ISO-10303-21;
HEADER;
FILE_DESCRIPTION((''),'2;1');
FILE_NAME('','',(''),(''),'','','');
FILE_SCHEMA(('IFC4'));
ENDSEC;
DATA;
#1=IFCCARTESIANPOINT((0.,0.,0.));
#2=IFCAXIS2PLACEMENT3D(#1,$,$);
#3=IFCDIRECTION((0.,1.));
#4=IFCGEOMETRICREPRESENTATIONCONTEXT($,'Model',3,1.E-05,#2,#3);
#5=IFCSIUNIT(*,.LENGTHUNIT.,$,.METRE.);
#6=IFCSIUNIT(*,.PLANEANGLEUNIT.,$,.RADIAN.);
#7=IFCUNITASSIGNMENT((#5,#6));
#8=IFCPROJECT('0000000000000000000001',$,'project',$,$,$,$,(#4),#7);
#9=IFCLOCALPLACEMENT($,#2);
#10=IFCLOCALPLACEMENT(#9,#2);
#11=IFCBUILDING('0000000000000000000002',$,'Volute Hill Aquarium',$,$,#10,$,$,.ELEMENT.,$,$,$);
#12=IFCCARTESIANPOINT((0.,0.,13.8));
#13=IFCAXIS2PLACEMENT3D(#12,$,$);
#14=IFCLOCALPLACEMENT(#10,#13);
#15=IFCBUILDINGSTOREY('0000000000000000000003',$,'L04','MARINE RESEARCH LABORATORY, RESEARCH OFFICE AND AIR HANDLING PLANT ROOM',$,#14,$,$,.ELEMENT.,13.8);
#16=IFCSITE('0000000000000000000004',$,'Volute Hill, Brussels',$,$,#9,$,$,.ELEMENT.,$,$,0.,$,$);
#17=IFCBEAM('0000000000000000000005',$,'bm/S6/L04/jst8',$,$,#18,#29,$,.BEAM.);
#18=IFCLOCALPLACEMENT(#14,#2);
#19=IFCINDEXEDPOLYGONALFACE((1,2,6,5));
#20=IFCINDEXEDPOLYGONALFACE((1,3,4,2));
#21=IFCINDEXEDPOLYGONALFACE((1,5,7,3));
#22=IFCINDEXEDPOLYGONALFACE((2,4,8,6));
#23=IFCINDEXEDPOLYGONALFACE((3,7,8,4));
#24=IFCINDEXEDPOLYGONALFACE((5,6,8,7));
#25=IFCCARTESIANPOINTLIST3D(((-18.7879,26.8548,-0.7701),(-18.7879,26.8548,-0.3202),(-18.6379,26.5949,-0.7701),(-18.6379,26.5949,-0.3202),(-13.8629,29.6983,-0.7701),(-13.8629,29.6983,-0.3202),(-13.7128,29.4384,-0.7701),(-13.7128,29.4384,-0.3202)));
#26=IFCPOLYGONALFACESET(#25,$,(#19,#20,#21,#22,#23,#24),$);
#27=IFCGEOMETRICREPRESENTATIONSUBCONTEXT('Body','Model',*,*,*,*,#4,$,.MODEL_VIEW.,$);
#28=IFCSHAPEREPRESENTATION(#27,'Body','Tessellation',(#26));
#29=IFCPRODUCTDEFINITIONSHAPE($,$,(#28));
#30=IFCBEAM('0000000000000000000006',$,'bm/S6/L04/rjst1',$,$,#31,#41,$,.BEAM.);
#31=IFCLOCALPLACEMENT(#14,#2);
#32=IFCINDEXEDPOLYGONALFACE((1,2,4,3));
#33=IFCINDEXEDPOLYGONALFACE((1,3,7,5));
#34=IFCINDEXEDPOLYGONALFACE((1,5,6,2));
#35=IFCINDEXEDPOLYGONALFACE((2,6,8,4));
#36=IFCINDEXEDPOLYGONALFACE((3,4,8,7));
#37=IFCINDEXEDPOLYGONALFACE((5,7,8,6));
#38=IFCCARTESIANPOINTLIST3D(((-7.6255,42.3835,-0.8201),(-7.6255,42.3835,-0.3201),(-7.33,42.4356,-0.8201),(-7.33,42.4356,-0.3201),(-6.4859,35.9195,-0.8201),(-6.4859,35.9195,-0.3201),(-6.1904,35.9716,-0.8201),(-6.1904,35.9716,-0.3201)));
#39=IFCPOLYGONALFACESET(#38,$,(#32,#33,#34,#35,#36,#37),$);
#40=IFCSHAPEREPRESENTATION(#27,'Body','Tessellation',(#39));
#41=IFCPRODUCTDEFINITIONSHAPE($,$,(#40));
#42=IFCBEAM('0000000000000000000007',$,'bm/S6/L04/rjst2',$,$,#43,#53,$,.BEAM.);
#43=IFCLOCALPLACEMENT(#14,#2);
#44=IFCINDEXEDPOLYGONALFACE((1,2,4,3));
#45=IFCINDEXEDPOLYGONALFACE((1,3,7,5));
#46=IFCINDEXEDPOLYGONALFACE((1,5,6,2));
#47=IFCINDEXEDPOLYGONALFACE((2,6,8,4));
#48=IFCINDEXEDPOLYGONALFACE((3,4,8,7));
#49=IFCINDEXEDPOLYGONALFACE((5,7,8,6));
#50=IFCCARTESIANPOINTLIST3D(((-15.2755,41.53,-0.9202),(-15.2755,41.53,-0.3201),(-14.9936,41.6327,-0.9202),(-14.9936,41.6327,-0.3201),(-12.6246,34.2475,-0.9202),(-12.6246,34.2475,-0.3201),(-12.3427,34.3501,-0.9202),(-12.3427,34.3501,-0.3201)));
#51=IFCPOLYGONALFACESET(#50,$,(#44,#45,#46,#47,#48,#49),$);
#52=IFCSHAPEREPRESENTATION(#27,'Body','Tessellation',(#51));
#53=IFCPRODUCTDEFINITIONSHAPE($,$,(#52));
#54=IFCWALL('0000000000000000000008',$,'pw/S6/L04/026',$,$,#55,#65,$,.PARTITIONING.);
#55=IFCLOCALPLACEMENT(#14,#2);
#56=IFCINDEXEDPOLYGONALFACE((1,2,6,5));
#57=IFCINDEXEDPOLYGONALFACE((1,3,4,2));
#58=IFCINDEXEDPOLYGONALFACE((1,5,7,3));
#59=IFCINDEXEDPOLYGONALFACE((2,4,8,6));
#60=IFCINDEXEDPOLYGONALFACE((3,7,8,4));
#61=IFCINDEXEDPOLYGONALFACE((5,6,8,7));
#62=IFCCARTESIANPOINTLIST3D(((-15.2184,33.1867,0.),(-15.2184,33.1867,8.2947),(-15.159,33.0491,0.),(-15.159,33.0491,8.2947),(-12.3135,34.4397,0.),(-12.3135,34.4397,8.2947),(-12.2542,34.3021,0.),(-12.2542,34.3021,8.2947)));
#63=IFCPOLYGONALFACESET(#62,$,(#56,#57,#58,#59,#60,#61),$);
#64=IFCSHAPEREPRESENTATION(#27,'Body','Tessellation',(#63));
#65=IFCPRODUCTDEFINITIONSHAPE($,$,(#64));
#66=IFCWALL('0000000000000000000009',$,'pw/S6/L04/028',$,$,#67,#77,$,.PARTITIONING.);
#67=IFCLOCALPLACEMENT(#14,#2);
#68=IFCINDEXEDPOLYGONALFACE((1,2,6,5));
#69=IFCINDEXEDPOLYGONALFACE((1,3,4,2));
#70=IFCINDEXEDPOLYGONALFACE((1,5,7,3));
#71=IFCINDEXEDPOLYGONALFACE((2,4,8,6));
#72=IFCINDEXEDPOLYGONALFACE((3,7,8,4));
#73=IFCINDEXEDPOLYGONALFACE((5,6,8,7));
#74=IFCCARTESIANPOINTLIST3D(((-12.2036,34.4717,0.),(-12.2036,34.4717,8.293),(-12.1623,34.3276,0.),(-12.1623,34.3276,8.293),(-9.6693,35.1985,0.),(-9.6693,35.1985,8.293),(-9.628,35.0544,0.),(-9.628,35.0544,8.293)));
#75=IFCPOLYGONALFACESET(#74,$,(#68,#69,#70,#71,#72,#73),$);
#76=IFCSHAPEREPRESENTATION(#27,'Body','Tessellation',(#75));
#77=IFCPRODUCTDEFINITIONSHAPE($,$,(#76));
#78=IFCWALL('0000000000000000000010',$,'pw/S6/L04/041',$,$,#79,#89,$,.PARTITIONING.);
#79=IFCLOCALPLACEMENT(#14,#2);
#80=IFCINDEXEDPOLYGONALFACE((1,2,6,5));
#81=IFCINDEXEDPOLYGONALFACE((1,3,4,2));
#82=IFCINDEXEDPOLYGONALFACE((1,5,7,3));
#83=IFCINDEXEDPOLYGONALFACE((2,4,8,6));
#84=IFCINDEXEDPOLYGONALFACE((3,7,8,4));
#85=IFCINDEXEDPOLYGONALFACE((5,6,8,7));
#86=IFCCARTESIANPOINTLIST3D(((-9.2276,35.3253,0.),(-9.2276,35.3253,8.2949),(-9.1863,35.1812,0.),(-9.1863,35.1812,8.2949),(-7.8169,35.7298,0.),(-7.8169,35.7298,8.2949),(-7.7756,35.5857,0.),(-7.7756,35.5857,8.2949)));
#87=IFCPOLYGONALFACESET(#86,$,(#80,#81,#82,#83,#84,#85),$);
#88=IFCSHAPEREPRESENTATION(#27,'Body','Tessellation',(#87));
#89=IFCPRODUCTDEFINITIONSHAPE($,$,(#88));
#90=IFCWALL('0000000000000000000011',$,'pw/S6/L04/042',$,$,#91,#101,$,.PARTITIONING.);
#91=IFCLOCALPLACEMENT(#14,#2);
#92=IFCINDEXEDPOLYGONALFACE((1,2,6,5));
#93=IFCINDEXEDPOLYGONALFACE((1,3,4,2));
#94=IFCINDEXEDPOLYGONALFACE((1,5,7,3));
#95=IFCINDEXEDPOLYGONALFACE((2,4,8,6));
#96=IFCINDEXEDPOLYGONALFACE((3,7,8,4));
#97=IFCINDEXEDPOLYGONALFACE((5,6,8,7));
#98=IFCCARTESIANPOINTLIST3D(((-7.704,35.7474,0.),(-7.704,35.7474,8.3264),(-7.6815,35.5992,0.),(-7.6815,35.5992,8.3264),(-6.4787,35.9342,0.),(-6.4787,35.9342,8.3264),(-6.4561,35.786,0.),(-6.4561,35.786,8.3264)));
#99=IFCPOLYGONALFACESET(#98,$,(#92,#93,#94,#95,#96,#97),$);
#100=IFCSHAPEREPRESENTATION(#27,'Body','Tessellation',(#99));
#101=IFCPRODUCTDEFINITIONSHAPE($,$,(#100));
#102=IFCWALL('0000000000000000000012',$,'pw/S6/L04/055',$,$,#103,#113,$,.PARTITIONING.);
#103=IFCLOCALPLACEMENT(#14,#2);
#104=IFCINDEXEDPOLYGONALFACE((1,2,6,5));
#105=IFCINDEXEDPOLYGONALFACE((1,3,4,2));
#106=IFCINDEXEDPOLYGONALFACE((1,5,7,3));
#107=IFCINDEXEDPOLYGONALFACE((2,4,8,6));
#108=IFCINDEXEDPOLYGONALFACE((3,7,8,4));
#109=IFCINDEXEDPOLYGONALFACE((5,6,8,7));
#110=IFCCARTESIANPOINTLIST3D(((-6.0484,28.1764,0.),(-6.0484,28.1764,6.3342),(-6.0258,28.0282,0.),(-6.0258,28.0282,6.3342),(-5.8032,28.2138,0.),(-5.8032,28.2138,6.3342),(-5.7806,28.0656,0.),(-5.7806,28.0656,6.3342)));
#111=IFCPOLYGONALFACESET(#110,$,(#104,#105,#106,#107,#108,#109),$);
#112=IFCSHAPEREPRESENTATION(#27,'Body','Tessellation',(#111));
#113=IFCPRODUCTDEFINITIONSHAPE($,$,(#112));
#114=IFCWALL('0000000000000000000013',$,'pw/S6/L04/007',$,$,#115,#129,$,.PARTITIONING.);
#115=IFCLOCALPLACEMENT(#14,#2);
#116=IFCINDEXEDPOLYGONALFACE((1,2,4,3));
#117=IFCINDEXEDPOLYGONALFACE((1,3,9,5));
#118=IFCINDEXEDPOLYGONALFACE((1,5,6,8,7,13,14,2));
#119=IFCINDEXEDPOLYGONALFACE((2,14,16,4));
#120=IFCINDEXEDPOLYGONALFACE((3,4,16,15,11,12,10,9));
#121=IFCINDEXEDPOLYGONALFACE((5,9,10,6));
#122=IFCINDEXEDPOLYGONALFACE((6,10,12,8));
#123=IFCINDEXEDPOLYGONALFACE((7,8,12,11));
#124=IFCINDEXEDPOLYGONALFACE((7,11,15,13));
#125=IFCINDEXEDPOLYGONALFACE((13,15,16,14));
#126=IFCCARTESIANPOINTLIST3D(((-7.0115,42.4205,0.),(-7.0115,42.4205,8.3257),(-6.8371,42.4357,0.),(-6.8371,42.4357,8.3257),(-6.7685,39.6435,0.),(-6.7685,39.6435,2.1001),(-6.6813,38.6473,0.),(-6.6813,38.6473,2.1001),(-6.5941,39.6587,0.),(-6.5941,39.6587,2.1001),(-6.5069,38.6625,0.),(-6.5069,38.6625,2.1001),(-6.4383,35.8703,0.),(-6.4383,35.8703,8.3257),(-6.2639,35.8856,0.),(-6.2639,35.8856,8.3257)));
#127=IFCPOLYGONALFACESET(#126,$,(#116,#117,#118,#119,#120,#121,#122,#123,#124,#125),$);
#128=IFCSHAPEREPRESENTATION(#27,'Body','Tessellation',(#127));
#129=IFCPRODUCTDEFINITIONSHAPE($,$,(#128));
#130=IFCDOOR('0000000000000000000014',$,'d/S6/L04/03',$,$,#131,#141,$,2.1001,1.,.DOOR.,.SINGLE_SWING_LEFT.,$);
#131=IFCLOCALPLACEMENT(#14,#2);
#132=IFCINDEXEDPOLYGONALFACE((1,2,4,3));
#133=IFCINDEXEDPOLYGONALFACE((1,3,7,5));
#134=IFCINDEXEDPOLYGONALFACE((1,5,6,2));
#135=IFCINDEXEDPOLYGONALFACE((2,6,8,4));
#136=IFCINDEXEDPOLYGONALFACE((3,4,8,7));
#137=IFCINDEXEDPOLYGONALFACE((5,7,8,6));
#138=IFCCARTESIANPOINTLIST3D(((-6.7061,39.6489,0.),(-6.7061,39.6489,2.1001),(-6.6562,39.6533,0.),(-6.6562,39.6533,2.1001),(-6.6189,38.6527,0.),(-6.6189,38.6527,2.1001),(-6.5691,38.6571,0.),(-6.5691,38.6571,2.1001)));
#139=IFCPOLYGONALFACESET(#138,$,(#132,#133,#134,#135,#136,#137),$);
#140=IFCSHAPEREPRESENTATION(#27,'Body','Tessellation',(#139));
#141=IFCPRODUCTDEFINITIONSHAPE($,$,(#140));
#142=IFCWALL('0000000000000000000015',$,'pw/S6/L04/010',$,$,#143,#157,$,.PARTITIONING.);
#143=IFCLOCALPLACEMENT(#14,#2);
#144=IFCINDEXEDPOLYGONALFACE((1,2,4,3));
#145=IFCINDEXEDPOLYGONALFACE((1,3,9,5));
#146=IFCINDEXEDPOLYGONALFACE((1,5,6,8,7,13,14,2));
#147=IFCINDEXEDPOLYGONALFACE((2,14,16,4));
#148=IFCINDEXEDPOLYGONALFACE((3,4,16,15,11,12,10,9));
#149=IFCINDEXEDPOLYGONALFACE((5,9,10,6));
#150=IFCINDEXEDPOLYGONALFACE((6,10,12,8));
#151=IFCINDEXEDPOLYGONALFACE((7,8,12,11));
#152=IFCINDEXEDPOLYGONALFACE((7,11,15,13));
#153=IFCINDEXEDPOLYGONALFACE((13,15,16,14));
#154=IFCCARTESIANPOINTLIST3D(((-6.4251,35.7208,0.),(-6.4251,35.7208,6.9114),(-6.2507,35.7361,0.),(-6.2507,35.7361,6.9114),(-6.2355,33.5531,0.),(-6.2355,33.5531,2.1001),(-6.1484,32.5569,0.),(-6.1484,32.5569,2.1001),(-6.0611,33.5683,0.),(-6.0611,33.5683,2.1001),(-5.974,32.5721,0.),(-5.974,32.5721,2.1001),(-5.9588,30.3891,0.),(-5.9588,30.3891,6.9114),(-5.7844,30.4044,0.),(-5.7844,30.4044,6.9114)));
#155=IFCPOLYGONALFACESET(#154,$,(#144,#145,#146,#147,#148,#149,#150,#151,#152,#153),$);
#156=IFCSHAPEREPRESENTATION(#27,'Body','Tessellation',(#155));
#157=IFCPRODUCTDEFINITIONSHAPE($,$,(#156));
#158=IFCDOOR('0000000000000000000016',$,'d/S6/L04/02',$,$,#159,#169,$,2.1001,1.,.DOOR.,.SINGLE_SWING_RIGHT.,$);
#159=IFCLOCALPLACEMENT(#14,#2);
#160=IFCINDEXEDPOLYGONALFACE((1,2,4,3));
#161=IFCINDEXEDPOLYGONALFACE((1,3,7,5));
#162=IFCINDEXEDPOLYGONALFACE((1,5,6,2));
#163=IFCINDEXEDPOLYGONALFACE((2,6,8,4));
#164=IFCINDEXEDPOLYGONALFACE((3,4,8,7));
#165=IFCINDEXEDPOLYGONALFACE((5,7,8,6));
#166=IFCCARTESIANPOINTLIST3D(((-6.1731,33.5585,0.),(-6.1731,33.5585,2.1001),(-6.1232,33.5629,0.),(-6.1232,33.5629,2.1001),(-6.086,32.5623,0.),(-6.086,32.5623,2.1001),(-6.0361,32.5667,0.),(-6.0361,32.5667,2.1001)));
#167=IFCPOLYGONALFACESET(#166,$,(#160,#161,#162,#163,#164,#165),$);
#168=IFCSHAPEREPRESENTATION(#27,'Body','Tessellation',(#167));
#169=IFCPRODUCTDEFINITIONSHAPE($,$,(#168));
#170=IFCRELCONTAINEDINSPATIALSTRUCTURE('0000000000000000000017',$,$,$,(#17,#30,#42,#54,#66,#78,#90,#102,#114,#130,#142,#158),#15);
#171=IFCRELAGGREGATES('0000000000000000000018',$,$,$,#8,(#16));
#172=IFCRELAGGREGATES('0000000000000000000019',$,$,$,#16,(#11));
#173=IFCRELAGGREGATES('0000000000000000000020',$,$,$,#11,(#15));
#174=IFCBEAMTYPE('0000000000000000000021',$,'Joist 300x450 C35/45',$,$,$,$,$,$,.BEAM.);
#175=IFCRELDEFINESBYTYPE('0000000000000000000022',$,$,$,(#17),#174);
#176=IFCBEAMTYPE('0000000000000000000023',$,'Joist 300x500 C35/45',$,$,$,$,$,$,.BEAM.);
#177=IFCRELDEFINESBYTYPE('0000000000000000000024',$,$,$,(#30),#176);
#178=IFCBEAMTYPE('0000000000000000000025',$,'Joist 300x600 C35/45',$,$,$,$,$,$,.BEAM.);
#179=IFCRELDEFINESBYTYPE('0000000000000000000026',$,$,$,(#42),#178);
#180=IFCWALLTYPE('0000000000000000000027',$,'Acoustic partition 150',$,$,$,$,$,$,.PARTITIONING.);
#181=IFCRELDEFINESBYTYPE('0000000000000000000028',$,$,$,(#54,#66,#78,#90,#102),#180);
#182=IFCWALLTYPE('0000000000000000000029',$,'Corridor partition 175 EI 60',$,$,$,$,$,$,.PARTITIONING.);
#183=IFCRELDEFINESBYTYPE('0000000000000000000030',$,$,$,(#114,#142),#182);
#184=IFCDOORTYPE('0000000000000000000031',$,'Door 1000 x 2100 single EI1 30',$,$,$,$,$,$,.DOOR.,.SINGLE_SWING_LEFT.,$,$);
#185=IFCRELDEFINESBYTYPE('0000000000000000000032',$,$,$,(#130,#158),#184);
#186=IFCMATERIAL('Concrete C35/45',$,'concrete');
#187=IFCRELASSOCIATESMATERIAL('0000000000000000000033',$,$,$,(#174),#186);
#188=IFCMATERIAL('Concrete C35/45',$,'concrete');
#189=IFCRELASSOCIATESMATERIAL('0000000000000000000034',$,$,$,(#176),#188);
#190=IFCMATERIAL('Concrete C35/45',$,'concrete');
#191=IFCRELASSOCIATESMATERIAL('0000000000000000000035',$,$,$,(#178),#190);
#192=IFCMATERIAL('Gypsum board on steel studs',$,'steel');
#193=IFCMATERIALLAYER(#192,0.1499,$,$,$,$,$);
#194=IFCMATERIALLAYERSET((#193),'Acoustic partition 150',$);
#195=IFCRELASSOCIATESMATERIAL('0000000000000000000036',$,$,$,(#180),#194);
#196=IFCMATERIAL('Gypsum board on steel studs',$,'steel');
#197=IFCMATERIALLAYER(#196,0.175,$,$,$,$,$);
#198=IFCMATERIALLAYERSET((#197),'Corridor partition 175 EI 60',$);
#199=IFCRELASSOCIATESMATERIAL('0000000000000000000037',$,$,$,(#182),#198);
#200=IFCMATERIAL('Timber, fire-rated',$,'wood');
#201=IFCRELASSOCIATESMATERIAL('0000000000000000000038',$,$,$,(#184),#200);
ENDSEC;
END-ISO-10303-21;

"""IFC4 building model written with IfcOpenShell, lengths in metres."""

from ifc_helpers import new_model, si_unit, direction, frame, frame_2d, origin, origin_2d, place, context, subcontext, project, spatial, rectangle, extrude, material, layer, layer_set, material_profile, profile_set, type_object, element, fill, save


model = new_model("IFC4")

# Units and contexts
model_context = context("Model", 3, precision=1e-05, world=origin(), true_north=direction((0.0, 1.0)))
body_context = subcontext(model_context, "Body", "Model", "MODEL_VIEW")
ifc_project = project(units=[si_unit("LENGTHUNIT", "METRE"), si_unit("PLANEANGLEUNIT", "RADIAN")], contexts=[model_context])

# Site, building, storey
site_placement = place(None, origin())
site = spatial("IfcSite", under=ifc_project, at=site_placement, Name="Volute Hill, Brussels", CompositionType="ELEMENT", RefElevation=0.0)
building_placement = place(site_placement, origin())
building = spatial("IfcBuilding", under=site, at=building_placement, Name="Volute Hill Aquarium", CompositionType="ELEMENT")
storey_placement = place(building_placement, frame((0.0, 0.0, 13.8)))
storey = spatial("IfcBuildingStorey", under=building, at=storey_placement, Name="L04", Description="MARINE RESEARCH LABORATORY, RESEARCH OFFICE AND AIR HANDLING PLANT ROOM", CompositionType="ELEMENT", Elevation=13.8)

# Beams
ifc_material_1 = material(Name="Concrete C35/45", Category="concrete")
ifc_material_profile_1 = material_profile(ifc_material_1, rectangle(XDim=0.3, YDim=0.45, at=origin_2d()), Name="RC joist 300x450")
ifc_profile_set_1 = profile_set([ifc_material_profile_1], Name="Concrete C35/45")
beam_type_1 = type_object("IfcBeamType", Name="Joist 300x450 C35/45", PredefinedType="BEAM", material=ifc_profile_set_1)
beam_1_placement = place(storey_placement, frame((-13.7878, 29.5684, -0.5452), z_axis=(-0.866023, -0.500004, 0.0), x_axis=(0.500004, -0.866023, 0.0)))
element("IfcBeam", 1, at=beam_1_placement, inside=storey, type_object=beam_type_1, Name="bm/S6/L04/jst8", PredefinedType="BEAM", context=body_context, shape_type="SweptSolid", body=[
    extrude(rectangle(XDim=0.3, YDim=0.45, at=origin_2d()), origin(), (0.0, 0.0, 1.0), 5.687),
])
ifc_material_2 = material(Name="Concrete C35/45", Category="concrete")
ifc_material_profile_2 = material_profile(ifc_material_2, rectangle(XDim=0.3, YDim=0.5, at=origin_2d()), Name="RC joist 300x500")
ifc_profile_set_2 = profile_set([ifc_material_profile_2], Name="Concrete C35/45")
beam_type_2 = type_object("IfcBeamType", Name="Joist 300x500 C35/45", PredefinedType="BEAM", material=ifc_profile_set_2)
beam_2_placement = place(storey_placement, frame((-6.3381, 35.9456, -0.5701), z_axis=(-0.173626, 0.984812, 0.0), x_axis=(-0.984812, -0.173626, 0.0)))
element("IfcBeam", 2, at=beam_2_placement, inside=storey, type_object=beam_type_2, Name="bm/S6/L04/rjst1", PredefinedType="BEAM", context=body_context, shape_type="SweptSolid", body=[
    extrude(rectangle(XDim=0.3, YDim=0.5, at=origin_2d()), origin(), (0.0, 0.0, 1.0), 6.5637),
])
ifc_material_3 = material(Name="Concrete C35/45", Category="concrete")
ifc_material_profile_3 = material_profile(ifc_material_3, rectangle(XDim=0.3, YDim=0.6001, at=origin_2d()), Name="RC joist 300x600")
ifc_profile_set_3 = profile_set([ifc_material_profile_3], Name="Concrete C35/45")
beam_type_3 = type_object("IfcBeamType", Name="Joist 300x600 C35/45", PredefinedType="BEAM", material=ifc_profile_set_3)
beam_3_placement = place(storey_placement, frame((-12.4836, 34.2988, -0.6201), z_axis=(-0.342052, 0.939681, 0.0), x_axis=(-0.939681, -0.342052, 0.0)))
element("IfcBeam", 3, at=beam_3_placement, inside=storey, type_object=beam_type_3, Name="bm/S6/L04/rjst2", PredefinedType="BEAM", context=body_context, shape_type="SweptSolid", body=[
    extrude(rectangle(XDim=0.3, YDim=0.6001, at=origin_2d()), origin(), (0.0, 0.0, 1.0), 7.75),
])

# Walls
ifc_material_4 = material(Name="Gypsum board on steel studs", Category="steel")
ifc_layer_1 = layer(ifc_material_4, 0.1499)
ifc_layer_set_1 = layer_set([ifc_layer_1], Name="Acoustic partition 150")
wall_type_1 = type_object("IfcWallType", Name="Acoustic partition 150", PredefinedType="PARTITIONING", material=ifc_layer_set_1)
wall_1_placement = place(storey_placement, frame((-15.1887, 33.1179, 0.0), z_axis=(0.0, 0.0, 1.0), x_axis=(0.918224, 0.39606, 0.0)))
element("IfcWall", 4, at=wall_1_placement, inside=storey, type_object=wall_type_1, Name="pw/S6/L04/026", PredefinedType="PARTITIONING", context=body_context, shape_type="SweptSolid", body=[
    extrude(rectangle(XDim=3.1636, YDim=0.1499, at=frame_2d((1.5818, 0.0))), origin(), (0.0, 0.0, 1.0), 8.2947),
])
wall_2_placement = place(storey_placement, frame((-12.1831, 34.3997, 0.0), z_axis=(0.0, 0.0, 1.0), x_axis=(0.961254, 0.275663, 0.0)))
element("IfcWall", 5, at=wall_2_placement, inside=storey, type_object=wall_type_1, Name="pw/S6/L04/028", PredefinedType="PARTITIONING", context=body_context, shape_type="SweptSolid", body=[
    extrude(rectangle(XDim=2.6365, YDim=0.1499, at=frame_2d((1.3184, 0.0))), origin(), (0.0, 0.0, 1.0), 8.293),
])
wall_3_placement = place(storey_placement, frame((-9.207, 35.2532, 0.0), z_axis=(0.0, 0.0, 1.0), x_axis=(0.961254, 0.275666, 0.0)))
element("IfcWall", 6, at=wall_3_placement, inside=storey, type_object=wall_type_1, Name="pw/S6/L04/041", PredefinedType="PARTITIONING", context=body_context, shape_type="SweptSolid", body=[
    extrude(rectangle(XDim=1.4675, YDim=0.1499, at=frame_2d((0.7339, 0.0))), origin(), (0.0, 0.0, 1.0), 8.2949),
])
wall_4_placement = place(storey_placement, frame((-7.6926, 35.6733, 0.0), z_axis=(0.0, 0.0, 1.0), x_axis=(0.988583, 0.150681, 0.0)))
element("IfcWall", 7, at=wall_4_placement, inside=storey, type_object=wall_type_1, Name="pw/S6/L04/042", PredefinedType="PARTITIONING", context=body_context, shape_type="SweptSolid", body=[
    extrude(rectangle(XDim=1.2395, YDim=0.1499, at=frame_2d((0.6196, 0.0))), origin(), (0.0, 0.0, 1.0), 8.3264),
])
wall_5_placement = place(storey_placement, frame((-6.0371, 28.1023, 0.0), z_axis=(0.0, 0.0, 1.0), x_axis=(0.988587, 0.150651, 0.0)))
element("IfcWall", 8, at=wall_5_placement, inside=storey, type_object=wall_type_1, Name="pw/S6/L04/055", PredefinedType="PARTITIONING", context=body_context, shape_type="SweptSolid", body=[
    extrude(rectangle(XDim=0.248, YDim=0.1499, at=frame_2d((0.124, 0.0))), origin(), (0.0, 0.0, 1.0), 6.3342),
])

# Walls, openings, doors
ifc_material_5 = material(Name="Gypsum board on steel studs", Category="steel")
ifc_layer_2 = layer(ifc_material_5, 0.175)
ifc_layer_set_2 = layer_set([ifc_layer_2], Name="Corridor partition 175 EI 60")
wall_type_2 = type_object("IfcWallType", Name="Corridor partition 175 EI 60", PredefinedType="PARTITIONING", material=ifc_layer_set_2)
wall_6_placement = place(storey_placement, frame((-6.3511, 35.8779, 0.0), z_axis=(0.0, 0.0, 1.0), x_axis=(-0.087184, 0.996192, 0.0)))
wall_6 = element("IfcWall", 9, at=wall_6_placement, inside=storey, type_object=wall_type_2, Name="pw/S6/L04/007", PredefinedType="PARTITIONING", context=body_context, shape_type="SweptSolid", body=[
    extrude(rectangle(XDim=6.5752, YDim=0.175, at=frame_2d((3.2876, 0.0))), origin(), (0.0, 0.0, 1.0), 8.3257),
])
opening_1_placement = place(wall_6_placement, frame((2.7876, 0.0, 0.0)))
opening_1 = element("IfcOpeningElement", 10, at=opening_1_placement, cuts=wall_6, PredefinedType="OPENING", context=body_context, shape_type="SweptSolid", body=[
    extrude(rectangle(XDim=1.0, YDim=2.1001, at=frame_2d((0.5, 1.05))), frame((0.0, 0.0974, 0.0), z_axis=(0.0, -1.0, 0.0), x_axis=(1.0, 0.0, 0.0)), (0.0, 0.0, 1.0), 0.1951),
])
ifc_material_6 = material(Name="Timber, fire-rated", Category="wood")
door_type = type_object("IfcDoorType", Name="Door 1000 x 2100 single EI1 30", OperationType="SINGLE_SWING_LEFT", PredefinedType="DOOR", material=ifc_material_6)
door_1_placement = place(opening_1_placement, origin())
door_1 = element("IfcDoor", 11, at=door_1_placement, inside=storey, type_object=door_type, Name="d/S6/L04/03", OperationType="SINGLE_SWING_LEFT", OverallHeight=2.1001, OverallWidth=1.0, PredefinedType="DOOR", context=body_context, shape_type="SweptSolid", body=[
    extrude(rectangle(XDim=1.0, YDim=2.1001, at=frame_2d((0.5, 1.05))), frame((0.0, 0.0249, 0.0), z_axis=(0.0, -1.0, 0.0), x_axis=(1.0, 0.0, 0.0)), (0.0, 0.0, 1.0), 0.05),
])
fill(opening_1, door_1)
wall_7_placement = place(storey_placement, frame((-5.8716, 30.3967, 0.0), z_axis=(0.0, 0.0, 1.0), x_axis=(-0.087126, 0.996197, 0.0)))
wall_7 = element("IfcWall", 12, at=wall_7_placement, inside=storey, type_object=wall_type_2, Name="pw/S6/L04/010", PredefinedType="PARTITIONING", context=body_context, shape_type="SweptSolid", body=[
    extrude(rectangle(XDim=5.3521, YDim=0.175, at=frame_2d((2.676, 0.0))), origin(), (0.0, 0.0, 1.0), 6.9114),
])
opening_2_placement = place(wall_7_placement, frame((2.176, 0.0, 0.0)))
opening_2 = element("IfcOpeningElement", 13, at=opening_2_placement, cuts=wall_7, PredefinedType="OPENING", context=body_context, shape_type="SweptSolid", body=[
    extrude(rectangle(XDim=1.0, YDim=2.1001, at=frame_2d((0.5, 1.05))), frame((0.0, 0.0974, 0.0), z_axis=(0.0, -1.0, 0.0), x_axis=(1.0, 0.0, 0.0)), (0.0, 0.0, 1.0), 0.1951),
])
door_2_placement = place(opening_2_placement, origin())
door_2 = element("IfcDoor", 14, at=door_2_placement, inside=storey, type_object=door_type, Name="d/S6/L04/02", OperationType="SINGLE_SWING_RIGHT", OverallHeight=2.1001, OverallWidth=1.0, PredefinedType="DOOR", context=body_context, shape_type="SweptSolid", body=[
    extrude(rectangle(XDim=1.0, YDim=2.1001, at=frame_2d((0.5, 1.05))), frame((0.0, 0.0249, 0.0), z_axis=(0.0, -1.0, 0.0), x_axis=(1.0, 0.0, 0.0)), (0.0, 0.0, 1.0), 0.05),
])
fill(opening_2, door_2)

save(model, "model.ifc")
